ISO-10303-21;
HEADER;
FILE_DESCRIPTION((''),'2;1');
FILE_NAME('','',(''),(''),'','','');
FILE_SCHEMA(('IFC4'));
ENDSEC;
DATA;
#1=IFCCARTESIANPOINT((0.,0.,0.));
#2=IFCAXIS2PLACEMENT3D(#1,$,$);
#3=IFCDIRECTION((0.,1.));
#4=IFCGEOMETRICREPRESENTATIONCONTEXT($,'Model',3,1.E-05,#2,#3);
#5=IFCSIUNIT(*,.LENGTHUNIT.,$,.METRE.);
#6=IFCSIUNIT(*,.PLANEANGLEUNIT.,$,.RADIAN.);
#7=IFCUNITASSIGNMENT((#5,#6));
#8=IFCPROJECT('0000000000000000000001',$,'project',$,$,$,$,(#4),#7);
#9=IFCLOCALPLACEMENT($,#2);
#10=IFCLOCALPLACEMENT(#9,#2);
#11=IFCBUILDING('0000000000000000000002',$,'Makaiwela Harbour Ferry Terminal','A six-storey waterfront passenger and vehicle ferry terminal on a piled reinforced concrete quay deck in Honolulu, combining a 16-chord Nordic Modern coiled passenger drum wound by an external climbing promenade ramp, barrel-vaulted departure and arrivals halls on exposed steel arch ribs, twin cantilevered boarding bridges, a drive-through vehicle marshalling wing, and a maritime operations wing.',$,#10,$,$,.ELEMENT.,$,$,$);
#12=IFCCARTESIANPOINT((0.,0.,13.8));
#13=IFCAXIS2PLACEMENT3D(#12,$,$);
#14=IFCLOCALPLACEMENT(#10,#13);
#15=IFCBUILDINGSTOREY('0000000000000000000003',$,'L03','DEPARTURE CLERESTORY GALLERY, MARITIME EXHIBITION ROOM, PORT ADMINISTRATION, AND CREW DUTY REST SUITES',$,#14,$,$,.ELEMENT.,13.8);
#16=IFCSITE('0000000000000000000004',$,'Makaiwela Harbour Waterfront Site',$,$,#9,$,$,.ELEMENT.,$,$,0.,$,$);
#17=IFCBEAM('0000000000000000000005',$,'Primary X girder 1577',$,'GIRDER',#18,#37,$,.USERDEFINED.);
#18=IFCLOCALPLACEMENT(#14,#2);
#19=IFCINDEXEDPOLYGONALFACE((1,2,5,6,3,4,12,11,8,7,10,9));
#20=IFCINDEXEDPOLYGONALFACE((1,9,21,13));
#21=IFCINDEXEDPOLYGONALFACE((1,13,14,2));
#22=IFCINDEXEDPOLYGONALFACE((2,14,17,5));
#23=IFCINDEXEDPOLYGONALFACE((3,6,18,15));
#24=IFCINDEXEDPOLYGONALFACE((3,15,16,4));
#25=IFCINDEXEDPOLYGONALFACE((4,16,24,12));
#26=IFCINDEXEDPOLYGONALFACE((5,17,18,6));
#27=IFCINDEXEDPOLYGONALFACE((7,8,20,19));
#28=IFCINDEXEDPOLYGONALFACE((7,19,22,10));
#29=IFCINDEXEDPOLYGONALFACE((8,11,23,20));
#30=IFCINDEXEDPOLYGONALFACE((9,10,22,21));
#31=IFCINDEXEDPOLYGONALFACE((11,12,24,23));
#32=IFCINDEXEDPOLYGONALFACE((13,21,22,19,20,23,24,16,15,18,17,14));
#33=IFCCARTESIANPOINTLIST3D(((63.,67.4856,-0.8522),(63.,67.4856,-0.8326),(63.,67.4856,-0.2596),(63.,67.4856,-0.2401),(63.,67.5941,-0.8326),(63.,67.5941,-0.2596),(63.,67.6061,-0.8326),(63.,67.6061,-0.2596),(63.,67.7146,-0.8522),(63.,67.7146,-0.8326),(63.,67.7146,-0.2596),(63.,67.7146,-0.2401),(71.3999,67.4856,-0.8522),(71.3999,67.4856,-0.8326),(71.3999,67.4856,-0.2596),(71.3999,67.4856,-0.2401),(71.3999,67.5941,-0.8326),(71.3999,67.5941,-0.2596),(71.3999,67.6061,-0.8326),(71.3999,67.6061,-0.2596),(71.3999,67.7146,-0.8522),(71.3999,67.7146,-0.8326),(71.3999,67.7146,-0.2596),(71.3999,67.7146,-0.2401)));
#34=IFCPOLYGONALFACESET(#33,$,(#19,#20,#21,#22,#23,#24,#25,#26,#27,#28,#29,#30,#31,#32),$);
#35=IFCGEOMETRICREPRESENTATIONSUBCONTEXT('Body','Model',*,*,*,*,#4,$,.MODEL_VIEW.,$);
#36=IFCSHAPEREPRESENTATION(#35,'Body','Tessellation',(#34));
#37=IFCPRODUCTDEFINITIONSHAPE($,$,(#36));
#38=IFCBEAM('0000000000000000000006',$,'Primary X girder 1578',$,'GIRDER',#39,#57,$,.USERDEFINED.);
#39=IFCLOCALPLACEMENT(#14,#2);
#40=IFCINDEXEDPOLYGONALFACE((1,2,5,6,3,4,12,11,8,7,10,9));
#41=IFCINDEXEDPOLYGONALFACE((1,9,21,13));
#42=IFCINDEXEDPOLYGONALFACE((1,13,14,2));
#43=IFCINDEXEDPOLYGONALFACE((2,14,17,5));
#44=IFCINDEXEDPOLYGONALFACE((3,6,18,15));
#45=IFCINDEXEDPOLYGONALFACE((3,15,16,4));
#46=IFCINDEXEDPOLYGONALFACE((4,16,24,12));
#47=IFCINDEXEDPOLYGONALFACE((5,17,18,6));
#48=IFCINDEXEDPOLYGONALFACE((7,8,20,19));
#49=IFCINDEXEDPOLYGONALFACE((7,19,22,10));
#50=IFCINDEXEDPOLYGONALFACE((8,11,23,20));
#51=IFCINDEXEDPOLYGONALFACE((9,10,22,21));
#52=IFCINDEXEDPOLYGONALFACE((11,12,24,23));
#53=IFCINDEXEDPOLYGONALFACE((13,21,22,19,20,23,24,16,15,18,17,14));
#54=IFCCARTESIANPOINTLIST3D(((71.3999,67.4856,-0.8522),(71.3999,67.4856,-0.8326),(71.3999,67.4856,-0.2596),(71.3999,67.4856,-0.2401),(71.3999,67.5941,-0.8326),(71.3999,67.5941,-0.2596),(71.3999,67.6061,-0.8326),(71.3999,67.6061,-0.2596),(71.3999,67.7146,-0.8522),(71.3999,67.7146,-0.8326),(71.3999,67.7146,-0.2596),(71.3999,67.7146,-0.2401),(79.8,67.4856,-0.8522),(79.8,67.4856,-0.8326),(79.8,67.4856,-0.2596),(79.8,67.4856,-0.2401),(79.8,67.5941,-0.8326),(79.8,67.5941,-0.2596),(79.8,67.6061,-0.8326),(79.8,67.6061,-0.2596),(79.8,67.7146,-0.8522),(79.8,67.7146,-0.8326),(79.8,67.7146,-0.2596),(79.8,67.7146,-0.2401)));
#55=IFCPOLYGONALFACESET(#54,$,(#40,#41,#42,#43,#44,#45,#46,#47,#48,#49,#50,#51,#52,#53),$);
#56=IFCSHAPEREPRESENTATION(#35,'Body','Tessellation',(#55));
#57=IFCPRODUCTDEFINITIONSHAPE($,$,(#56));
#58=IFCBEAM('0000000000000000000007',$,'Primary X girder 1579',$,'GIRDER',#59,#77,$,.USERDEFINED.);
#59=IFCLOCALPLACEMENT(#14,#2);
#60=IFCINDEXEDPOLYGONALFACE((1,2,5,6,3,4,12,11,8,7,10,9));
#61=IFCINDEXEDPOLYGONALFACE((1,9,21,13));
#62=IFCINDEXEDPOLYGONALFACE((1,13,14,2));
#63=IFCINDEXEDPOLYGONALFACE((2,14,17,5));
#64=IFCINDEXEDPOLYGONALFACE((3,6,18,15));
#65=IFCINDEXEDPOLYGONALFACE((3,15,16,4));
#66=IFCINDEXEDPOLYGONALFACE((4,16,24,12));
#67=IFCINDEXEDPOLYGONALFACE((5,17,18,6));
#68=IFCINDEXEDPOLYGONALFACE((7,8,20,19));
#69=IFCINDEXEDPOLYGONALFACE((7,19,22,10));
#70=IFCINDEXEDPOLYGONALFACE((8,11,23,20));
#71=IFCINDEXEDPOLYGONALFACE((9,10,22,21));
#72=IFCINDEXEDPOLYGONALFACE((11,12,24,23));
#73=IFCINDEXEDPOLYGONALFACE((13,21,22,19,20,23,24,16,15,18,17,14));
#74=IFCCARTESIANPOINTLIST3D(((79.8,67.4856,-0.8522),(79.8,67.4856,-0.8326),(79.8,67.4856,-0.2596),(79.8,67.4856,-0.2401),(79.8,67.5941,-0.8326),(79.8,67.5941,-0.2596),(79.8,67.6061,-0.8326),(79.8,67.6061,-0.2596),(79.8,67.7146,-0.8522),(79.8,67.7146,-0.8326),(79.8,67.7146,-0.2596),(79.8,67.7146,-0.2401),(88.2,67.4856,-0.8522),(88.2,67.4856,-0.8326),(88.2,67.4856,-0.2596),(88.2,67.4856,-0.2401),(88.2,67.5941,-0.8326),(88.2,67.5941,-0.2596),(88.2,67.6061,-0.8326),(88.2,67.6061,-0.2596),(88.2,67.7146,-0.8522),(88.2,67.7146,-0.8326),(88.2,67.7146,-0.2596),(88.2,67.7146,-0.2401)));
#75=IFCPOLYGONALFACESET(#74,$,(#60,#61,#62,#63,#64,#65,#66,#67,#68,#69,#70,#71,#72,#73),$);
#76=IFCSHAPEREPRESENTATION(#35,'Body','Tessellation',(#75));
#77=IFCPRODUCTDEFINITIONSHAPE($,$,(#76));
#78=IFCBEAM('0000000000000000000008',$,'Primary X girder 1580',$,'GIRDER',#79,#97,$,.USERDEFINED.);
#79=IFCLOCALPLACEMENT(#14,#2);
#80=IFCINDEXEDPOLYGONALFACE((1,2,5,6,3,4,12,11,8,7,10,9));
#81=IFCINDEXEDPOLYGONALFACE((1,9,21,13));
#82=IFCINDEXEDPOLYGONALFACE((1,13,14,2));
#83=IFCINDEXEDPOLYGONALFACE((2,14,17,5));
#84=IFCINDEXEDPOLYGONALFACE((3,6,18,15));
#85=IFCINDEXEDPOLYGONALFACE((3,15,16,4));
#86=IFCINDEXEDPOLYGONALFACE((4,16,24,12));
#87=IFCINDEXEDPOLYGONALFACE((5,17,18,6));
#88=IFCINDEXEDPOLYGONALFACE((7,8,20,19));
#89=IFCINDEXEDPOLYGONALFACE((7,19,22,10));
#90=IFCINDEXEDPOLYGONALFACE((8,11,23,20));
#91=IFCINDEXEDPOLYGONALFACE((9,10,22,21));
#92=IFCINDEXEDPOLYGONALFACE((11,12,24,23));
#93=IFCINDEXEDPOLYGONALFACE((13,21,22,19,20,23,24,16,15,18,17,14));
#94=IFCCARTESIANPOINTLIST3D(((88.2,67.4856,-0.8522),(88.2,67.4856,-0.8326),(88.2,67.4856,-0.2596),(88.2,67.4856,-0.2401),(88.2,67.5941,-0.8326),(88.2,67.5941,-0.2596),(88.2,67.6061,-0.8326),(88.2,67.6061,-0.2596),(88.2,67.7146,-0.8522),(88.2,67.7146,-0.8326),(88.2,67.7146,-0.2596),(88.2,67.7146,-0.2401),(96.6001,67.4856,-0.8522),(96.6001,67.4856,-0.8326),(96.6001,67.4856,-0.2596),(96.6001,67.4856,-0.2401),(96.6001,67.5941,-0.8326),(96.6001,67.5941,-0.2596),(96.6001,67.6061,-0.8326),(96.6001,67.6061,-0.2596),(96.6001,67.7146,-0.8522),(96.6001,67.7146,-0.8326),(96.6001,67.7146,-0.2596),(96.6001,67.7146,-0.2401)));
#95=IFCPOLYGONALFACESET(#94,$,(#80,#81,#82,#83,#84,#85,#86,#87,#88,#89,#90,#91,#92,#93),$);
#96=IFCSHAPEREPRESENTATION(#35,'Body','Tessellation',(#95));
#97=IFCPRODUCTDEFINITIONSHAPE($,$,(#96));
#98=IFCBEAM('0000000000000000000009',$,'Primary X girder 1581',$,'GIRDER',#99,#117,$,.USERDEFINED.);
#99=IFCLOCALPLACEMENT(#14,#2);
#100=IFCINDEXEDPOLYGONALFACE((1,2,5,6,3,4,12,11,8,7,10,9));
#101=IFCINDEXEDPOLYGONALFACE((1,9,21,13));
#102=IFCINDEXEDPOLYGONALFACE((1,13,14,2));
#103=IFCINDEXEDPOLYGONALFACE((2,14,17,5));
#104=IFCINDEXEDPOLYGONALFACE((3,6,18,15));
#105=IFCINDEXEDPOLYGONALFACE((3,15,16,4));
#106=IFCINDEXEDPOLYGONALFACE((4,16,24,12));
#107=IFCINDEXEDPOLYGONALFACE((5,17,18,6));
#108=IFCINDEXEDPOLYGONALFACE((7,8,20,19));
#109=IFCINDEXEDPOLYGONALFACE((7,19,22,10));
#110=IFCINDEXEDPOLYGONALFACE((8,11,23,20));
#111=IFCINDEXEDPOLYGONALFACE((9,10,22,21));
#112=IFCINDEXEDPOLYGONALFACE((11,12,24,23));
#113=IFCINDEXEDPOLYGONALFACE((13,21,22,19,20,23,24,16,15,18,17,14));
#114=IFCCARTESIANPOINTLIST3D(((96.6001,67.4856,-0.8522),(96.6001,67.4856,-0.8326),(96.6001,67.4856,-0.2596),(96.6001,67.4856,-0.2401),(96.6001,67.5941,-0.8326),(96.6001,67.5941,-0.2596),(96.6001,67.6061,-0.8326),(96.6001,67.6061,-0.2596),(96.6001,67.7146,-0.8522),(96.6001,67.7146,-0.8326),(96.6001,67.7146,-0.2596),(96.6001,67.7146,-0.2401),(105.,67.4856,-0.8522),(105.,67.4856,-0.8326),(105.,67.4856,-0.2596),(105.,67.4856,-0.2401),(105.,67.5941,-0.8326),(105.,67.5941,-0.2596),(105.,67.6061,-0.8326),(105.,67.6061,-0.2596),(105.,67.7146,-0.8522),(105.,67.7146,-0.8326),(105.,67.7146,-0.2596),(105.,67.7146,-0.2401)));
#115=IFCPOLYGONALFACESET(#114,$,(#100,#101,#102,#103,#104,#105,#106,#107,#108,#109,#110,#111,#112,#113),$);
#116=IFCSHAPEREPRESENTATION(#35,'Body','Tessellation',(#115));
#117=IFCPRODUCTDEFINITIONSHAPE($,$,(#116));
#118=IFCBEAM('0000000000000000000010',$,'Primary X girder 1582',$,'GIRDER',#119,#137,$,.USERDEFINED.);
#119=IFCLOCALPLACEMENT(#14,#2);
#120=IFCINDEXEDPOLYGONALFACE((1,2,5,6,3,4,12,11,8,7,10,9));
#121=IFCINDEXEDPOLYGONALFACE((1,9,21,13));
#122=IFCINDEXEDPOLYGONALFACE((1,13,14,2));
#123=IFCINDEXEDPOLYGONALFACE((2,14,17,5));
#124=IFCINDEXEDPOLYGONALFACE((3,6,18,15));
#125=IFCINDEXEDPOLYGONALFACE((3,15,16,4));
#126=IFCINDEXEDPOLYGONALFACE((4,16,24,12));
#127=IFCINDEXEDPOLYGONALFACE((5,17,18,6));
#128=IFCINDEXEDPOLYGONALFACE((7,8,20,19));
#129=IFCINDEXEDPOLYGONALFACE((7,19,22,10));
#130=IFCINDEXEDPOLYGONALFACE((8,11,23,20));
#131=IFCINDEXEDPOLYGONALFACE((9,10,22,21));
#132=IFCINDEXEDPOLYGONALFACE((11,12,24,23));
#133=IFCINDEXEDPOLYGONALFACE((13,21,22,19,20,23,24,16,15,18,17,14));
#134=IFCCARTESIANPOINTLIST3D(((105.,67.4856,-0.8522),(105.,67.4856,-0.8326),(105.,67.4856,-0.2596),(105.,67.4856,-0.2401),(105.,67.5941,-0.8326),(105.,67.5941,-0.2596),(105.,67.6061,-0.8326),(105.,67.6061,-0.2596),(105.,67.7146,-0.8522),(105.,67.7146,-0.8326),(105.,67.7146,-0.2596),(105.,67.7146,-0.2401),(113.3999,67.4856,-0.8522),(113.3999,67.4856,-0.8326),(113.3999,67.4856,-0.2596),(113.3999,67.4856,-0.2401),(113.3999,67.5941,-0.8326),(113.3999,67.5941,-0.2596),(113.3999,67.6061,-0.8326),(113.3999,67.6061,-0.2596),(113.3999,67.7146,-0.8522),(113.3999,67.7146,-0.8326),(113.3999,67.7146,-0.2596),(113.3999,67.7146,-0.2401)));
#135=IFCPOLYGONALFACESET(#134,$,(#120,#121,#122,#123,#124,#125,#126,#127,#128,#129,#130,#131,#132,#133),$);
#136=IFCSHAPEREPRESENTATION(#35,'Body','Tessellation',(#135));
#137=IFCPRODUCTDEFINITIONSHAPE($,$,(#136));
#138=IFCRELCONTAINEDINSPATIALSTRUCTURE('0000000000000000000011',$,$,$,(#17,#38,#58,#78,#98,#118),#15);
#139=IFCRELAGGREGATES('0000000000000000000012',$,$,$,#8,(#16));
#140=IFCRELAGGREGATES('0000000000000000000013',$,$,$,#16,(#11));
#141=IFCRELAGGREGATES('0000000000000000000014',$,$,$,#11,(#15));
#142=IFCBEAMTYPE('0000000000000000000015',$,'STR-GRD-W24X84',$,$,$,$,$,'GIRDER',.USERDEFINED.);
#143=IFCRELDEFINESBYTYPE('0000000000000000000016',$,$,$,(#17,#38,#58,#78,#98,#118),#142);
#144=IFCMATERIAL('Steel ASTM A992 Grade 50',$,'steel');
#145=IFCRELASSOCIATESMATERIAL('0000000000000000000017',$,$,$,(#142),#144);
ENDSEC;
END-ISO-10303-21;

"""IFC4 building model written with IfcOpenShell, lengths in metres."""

from ifc_helpers import new_model, si_unit, direction, frame, origin, origin_2d, place, context, subcontext, project, spatial, i_section, extrude, material, material_profile, profile_set, type_object, element, save


model = new_model("IFC4")

# Units and contexts
model_context = context("Model", 3, precision=1e-05, world=origin(), true_north=direction((0.0, 1.0)))
body_context = subcontext(model_context, "Body", "Model", "MODEL_VIEW")
ifc_project = project(units=[si_unit("LENGTHUNIT", "METRE"), si_unit("PLANEANGLEUNIT", "RADIAN")], contexts=[model_context])

# Site, building, storey
site_placement = place(None, origin())
site = spatial("IfcSite", under=ifc_project, at=site_placement, Name="Makaiwela Harbour Waterfront Site", CompositionType="ELEMENT", RefElevation=0.0)
building_placement = place(site_placement, origin())
building = spatial("IfcBuilding", under=site, at=building_placement, Name="Makaiwela Harbour Ferry Terminal", Description="A six-storey waterfront passenger and vehicle ferry terminal on a piled reinforced concrete quay deck in Honolulu, combining a 16-chord Nordic Modern coiled passenger drum wound by an external climbing promenade ramp, barrel-vaulted departure and arrivals halls on exposed steel arch ribs, twin cantilevered boarding bridges, a drive-through vehicle marshalling wing, and a maritime operations wing.", CompositionType="ELEMENT")
storey_placement = place(building_placement, frame((0.0, 0.0, 13.8)))
storey = spatial("IfcBuildingStorey", under=building, at=storey_placement, Name="L03", Description="DEPARTURE CLERESTORY GALLERY, MARITIME EXHIBITION ROOM, PORT ADMINISTRATION, AND CREW DUTY REST SUITES", CompositionType="ELEMENT", Elevation=13.8)

# Beams
ifc_material_1 = material(Name="Steel ASTM A992 Grade 50", Category="steel")
ifc_material_profile = material_profile(ifc_material_1, i_section(OverallWidth=0.229, OverallDepth=0.6121, WebThickness=0.012, FlangeThickness=0.0195, at=origin_2d()), Name="W24X84")
ifc_profile_set = profile_set([ifc_material_profile], Name="Steel ASTM A992 Grade 50")
beam_type = type_object("IfcBeamType", Name="STR-GRD-W24X84", ElementType="GIRDER", PredefinedType="USERDEFINED", material=ifc_profile_set)
beam_1_placement = place(storey_placement, frame((63.0, 67.6001, -0.5461), z_axis=(1.0, 0.0, 0.0), x_axis=(0.0, 1.0, 0.0)))
element("IfcBeam", 1, at=beam_1_placement, inside=storey, type_object=beam_type, Name="Primary X girder 1577", ObjectType="GIRDER", PredefinedType="USERDEFINED", context=body_context, shape_type="SweptSolid", body=[
    extrude(i_section(OverallWidth=0.229, OverallDepth=0.6121, WebThickness=0.012, FlangeThickness=0.0195, at=origin_2d()), origin(), (0.0, 0.0, 1.0), 8.3999),
])
beam_2_placement = place(storey_placement, frame((71.3999, 67.6001, -0.5461), z_axis=(1.0, 0.0, 0.0), x_axis=(0.0, 1.0, 0.0)))
element("IfcBeam", 2, at=beam_2_placement, inside=storey, type_object=beam_type, Name="Primary X girder 1578", ObjectType="GIRDER", PredefinedType="USERDEFINED", context=body_context, shape_type="SweptSolid", body=[
    extrude(i_section(OverallWidth=0.229, OverallDepth=0.6121, WebThickness=0.012, FlangeThickness=0.0195, at=origin_2d()), origin(), (0.0, 0.0, 1.0), 8.4001),
])
beam_3_placement = place(storey_placement, frame((79.8, 67.6001, -0.5461), z_axis=(1.0, 0.0, 0.0), x_axis=(0.0, 1.0, 0.0)))
element("IfcBeam", 3, at=beam_3_placement, inside=storey, type_object=beam_type, Name="Primary X girder 1579", ObjectType="GIRDER", PredefinedType="USERDEFINED", context=body_context, shape_type="SweptSolid", body=[
    extrude(i_section(OverallWidth=0.229, OverallDepth=0.6121, WebThickness=0.012, FlangeThickness=0.0195, at=origin_2d()), origin(), (0.0, 0.0, 1.0), 8.3999),
])
beam_4_placement = place(storey_placement, frame((88.2, 67.6001, -0.5461), z_axis=(1.0, 0.0, 0.0), x_axis=(0.0, 1.0, 0.0)))
element("IfcBeam", 4, at=beam_4_placement, inside=storey, type_object=beam_type, Name="Primary X girder 1580", ObjectType="GIRDER", PredefinedType="USERDEFINED", context=body_context, shape_type="SweptSolid", body=[
    extrude(i_section(OverallWidth=0.229, OverallDepth=0.6121, WebThickness=0.012, FlangeThickness=0.0195, at=origin_2d()), origin(), (0.0, 0.0, 1.0), 8.4001),
])
for number, where, z_axis, x_axis, name in (
    (5, (96.6001, 67.6001, -0.5461), (1.0, 0.0, 0.0), (0.0, 1.0, 0.0), "Primary X girder 1581"),
    (6, (105.0, 67.6001, -0.5461), (1.0, 0.0, 0.0), (0.0, 1.0, 0.0), "Primary X girder 1582"),
):
    element("IfcBeam", number, at=place(storey_placement, frame(where, z_axis=z_axis, x_axis=x_axis)), inside=storey, type_object=beam_type, Name=name, ObjectType="GIRDER", PredefinedType="USERDEFINED", context=body_context, shape_type="SweptSolid", body=[
        extrude(i_section(OverallWidth=0.229, OverallDepth=0.6121, WebThickness=0.012, FlangeThickness=0.0195, at=origin_2d()), origin(), (0.0, 0.0, 1.0), 8.3999),
    ])

save(model, "model.ifc")
